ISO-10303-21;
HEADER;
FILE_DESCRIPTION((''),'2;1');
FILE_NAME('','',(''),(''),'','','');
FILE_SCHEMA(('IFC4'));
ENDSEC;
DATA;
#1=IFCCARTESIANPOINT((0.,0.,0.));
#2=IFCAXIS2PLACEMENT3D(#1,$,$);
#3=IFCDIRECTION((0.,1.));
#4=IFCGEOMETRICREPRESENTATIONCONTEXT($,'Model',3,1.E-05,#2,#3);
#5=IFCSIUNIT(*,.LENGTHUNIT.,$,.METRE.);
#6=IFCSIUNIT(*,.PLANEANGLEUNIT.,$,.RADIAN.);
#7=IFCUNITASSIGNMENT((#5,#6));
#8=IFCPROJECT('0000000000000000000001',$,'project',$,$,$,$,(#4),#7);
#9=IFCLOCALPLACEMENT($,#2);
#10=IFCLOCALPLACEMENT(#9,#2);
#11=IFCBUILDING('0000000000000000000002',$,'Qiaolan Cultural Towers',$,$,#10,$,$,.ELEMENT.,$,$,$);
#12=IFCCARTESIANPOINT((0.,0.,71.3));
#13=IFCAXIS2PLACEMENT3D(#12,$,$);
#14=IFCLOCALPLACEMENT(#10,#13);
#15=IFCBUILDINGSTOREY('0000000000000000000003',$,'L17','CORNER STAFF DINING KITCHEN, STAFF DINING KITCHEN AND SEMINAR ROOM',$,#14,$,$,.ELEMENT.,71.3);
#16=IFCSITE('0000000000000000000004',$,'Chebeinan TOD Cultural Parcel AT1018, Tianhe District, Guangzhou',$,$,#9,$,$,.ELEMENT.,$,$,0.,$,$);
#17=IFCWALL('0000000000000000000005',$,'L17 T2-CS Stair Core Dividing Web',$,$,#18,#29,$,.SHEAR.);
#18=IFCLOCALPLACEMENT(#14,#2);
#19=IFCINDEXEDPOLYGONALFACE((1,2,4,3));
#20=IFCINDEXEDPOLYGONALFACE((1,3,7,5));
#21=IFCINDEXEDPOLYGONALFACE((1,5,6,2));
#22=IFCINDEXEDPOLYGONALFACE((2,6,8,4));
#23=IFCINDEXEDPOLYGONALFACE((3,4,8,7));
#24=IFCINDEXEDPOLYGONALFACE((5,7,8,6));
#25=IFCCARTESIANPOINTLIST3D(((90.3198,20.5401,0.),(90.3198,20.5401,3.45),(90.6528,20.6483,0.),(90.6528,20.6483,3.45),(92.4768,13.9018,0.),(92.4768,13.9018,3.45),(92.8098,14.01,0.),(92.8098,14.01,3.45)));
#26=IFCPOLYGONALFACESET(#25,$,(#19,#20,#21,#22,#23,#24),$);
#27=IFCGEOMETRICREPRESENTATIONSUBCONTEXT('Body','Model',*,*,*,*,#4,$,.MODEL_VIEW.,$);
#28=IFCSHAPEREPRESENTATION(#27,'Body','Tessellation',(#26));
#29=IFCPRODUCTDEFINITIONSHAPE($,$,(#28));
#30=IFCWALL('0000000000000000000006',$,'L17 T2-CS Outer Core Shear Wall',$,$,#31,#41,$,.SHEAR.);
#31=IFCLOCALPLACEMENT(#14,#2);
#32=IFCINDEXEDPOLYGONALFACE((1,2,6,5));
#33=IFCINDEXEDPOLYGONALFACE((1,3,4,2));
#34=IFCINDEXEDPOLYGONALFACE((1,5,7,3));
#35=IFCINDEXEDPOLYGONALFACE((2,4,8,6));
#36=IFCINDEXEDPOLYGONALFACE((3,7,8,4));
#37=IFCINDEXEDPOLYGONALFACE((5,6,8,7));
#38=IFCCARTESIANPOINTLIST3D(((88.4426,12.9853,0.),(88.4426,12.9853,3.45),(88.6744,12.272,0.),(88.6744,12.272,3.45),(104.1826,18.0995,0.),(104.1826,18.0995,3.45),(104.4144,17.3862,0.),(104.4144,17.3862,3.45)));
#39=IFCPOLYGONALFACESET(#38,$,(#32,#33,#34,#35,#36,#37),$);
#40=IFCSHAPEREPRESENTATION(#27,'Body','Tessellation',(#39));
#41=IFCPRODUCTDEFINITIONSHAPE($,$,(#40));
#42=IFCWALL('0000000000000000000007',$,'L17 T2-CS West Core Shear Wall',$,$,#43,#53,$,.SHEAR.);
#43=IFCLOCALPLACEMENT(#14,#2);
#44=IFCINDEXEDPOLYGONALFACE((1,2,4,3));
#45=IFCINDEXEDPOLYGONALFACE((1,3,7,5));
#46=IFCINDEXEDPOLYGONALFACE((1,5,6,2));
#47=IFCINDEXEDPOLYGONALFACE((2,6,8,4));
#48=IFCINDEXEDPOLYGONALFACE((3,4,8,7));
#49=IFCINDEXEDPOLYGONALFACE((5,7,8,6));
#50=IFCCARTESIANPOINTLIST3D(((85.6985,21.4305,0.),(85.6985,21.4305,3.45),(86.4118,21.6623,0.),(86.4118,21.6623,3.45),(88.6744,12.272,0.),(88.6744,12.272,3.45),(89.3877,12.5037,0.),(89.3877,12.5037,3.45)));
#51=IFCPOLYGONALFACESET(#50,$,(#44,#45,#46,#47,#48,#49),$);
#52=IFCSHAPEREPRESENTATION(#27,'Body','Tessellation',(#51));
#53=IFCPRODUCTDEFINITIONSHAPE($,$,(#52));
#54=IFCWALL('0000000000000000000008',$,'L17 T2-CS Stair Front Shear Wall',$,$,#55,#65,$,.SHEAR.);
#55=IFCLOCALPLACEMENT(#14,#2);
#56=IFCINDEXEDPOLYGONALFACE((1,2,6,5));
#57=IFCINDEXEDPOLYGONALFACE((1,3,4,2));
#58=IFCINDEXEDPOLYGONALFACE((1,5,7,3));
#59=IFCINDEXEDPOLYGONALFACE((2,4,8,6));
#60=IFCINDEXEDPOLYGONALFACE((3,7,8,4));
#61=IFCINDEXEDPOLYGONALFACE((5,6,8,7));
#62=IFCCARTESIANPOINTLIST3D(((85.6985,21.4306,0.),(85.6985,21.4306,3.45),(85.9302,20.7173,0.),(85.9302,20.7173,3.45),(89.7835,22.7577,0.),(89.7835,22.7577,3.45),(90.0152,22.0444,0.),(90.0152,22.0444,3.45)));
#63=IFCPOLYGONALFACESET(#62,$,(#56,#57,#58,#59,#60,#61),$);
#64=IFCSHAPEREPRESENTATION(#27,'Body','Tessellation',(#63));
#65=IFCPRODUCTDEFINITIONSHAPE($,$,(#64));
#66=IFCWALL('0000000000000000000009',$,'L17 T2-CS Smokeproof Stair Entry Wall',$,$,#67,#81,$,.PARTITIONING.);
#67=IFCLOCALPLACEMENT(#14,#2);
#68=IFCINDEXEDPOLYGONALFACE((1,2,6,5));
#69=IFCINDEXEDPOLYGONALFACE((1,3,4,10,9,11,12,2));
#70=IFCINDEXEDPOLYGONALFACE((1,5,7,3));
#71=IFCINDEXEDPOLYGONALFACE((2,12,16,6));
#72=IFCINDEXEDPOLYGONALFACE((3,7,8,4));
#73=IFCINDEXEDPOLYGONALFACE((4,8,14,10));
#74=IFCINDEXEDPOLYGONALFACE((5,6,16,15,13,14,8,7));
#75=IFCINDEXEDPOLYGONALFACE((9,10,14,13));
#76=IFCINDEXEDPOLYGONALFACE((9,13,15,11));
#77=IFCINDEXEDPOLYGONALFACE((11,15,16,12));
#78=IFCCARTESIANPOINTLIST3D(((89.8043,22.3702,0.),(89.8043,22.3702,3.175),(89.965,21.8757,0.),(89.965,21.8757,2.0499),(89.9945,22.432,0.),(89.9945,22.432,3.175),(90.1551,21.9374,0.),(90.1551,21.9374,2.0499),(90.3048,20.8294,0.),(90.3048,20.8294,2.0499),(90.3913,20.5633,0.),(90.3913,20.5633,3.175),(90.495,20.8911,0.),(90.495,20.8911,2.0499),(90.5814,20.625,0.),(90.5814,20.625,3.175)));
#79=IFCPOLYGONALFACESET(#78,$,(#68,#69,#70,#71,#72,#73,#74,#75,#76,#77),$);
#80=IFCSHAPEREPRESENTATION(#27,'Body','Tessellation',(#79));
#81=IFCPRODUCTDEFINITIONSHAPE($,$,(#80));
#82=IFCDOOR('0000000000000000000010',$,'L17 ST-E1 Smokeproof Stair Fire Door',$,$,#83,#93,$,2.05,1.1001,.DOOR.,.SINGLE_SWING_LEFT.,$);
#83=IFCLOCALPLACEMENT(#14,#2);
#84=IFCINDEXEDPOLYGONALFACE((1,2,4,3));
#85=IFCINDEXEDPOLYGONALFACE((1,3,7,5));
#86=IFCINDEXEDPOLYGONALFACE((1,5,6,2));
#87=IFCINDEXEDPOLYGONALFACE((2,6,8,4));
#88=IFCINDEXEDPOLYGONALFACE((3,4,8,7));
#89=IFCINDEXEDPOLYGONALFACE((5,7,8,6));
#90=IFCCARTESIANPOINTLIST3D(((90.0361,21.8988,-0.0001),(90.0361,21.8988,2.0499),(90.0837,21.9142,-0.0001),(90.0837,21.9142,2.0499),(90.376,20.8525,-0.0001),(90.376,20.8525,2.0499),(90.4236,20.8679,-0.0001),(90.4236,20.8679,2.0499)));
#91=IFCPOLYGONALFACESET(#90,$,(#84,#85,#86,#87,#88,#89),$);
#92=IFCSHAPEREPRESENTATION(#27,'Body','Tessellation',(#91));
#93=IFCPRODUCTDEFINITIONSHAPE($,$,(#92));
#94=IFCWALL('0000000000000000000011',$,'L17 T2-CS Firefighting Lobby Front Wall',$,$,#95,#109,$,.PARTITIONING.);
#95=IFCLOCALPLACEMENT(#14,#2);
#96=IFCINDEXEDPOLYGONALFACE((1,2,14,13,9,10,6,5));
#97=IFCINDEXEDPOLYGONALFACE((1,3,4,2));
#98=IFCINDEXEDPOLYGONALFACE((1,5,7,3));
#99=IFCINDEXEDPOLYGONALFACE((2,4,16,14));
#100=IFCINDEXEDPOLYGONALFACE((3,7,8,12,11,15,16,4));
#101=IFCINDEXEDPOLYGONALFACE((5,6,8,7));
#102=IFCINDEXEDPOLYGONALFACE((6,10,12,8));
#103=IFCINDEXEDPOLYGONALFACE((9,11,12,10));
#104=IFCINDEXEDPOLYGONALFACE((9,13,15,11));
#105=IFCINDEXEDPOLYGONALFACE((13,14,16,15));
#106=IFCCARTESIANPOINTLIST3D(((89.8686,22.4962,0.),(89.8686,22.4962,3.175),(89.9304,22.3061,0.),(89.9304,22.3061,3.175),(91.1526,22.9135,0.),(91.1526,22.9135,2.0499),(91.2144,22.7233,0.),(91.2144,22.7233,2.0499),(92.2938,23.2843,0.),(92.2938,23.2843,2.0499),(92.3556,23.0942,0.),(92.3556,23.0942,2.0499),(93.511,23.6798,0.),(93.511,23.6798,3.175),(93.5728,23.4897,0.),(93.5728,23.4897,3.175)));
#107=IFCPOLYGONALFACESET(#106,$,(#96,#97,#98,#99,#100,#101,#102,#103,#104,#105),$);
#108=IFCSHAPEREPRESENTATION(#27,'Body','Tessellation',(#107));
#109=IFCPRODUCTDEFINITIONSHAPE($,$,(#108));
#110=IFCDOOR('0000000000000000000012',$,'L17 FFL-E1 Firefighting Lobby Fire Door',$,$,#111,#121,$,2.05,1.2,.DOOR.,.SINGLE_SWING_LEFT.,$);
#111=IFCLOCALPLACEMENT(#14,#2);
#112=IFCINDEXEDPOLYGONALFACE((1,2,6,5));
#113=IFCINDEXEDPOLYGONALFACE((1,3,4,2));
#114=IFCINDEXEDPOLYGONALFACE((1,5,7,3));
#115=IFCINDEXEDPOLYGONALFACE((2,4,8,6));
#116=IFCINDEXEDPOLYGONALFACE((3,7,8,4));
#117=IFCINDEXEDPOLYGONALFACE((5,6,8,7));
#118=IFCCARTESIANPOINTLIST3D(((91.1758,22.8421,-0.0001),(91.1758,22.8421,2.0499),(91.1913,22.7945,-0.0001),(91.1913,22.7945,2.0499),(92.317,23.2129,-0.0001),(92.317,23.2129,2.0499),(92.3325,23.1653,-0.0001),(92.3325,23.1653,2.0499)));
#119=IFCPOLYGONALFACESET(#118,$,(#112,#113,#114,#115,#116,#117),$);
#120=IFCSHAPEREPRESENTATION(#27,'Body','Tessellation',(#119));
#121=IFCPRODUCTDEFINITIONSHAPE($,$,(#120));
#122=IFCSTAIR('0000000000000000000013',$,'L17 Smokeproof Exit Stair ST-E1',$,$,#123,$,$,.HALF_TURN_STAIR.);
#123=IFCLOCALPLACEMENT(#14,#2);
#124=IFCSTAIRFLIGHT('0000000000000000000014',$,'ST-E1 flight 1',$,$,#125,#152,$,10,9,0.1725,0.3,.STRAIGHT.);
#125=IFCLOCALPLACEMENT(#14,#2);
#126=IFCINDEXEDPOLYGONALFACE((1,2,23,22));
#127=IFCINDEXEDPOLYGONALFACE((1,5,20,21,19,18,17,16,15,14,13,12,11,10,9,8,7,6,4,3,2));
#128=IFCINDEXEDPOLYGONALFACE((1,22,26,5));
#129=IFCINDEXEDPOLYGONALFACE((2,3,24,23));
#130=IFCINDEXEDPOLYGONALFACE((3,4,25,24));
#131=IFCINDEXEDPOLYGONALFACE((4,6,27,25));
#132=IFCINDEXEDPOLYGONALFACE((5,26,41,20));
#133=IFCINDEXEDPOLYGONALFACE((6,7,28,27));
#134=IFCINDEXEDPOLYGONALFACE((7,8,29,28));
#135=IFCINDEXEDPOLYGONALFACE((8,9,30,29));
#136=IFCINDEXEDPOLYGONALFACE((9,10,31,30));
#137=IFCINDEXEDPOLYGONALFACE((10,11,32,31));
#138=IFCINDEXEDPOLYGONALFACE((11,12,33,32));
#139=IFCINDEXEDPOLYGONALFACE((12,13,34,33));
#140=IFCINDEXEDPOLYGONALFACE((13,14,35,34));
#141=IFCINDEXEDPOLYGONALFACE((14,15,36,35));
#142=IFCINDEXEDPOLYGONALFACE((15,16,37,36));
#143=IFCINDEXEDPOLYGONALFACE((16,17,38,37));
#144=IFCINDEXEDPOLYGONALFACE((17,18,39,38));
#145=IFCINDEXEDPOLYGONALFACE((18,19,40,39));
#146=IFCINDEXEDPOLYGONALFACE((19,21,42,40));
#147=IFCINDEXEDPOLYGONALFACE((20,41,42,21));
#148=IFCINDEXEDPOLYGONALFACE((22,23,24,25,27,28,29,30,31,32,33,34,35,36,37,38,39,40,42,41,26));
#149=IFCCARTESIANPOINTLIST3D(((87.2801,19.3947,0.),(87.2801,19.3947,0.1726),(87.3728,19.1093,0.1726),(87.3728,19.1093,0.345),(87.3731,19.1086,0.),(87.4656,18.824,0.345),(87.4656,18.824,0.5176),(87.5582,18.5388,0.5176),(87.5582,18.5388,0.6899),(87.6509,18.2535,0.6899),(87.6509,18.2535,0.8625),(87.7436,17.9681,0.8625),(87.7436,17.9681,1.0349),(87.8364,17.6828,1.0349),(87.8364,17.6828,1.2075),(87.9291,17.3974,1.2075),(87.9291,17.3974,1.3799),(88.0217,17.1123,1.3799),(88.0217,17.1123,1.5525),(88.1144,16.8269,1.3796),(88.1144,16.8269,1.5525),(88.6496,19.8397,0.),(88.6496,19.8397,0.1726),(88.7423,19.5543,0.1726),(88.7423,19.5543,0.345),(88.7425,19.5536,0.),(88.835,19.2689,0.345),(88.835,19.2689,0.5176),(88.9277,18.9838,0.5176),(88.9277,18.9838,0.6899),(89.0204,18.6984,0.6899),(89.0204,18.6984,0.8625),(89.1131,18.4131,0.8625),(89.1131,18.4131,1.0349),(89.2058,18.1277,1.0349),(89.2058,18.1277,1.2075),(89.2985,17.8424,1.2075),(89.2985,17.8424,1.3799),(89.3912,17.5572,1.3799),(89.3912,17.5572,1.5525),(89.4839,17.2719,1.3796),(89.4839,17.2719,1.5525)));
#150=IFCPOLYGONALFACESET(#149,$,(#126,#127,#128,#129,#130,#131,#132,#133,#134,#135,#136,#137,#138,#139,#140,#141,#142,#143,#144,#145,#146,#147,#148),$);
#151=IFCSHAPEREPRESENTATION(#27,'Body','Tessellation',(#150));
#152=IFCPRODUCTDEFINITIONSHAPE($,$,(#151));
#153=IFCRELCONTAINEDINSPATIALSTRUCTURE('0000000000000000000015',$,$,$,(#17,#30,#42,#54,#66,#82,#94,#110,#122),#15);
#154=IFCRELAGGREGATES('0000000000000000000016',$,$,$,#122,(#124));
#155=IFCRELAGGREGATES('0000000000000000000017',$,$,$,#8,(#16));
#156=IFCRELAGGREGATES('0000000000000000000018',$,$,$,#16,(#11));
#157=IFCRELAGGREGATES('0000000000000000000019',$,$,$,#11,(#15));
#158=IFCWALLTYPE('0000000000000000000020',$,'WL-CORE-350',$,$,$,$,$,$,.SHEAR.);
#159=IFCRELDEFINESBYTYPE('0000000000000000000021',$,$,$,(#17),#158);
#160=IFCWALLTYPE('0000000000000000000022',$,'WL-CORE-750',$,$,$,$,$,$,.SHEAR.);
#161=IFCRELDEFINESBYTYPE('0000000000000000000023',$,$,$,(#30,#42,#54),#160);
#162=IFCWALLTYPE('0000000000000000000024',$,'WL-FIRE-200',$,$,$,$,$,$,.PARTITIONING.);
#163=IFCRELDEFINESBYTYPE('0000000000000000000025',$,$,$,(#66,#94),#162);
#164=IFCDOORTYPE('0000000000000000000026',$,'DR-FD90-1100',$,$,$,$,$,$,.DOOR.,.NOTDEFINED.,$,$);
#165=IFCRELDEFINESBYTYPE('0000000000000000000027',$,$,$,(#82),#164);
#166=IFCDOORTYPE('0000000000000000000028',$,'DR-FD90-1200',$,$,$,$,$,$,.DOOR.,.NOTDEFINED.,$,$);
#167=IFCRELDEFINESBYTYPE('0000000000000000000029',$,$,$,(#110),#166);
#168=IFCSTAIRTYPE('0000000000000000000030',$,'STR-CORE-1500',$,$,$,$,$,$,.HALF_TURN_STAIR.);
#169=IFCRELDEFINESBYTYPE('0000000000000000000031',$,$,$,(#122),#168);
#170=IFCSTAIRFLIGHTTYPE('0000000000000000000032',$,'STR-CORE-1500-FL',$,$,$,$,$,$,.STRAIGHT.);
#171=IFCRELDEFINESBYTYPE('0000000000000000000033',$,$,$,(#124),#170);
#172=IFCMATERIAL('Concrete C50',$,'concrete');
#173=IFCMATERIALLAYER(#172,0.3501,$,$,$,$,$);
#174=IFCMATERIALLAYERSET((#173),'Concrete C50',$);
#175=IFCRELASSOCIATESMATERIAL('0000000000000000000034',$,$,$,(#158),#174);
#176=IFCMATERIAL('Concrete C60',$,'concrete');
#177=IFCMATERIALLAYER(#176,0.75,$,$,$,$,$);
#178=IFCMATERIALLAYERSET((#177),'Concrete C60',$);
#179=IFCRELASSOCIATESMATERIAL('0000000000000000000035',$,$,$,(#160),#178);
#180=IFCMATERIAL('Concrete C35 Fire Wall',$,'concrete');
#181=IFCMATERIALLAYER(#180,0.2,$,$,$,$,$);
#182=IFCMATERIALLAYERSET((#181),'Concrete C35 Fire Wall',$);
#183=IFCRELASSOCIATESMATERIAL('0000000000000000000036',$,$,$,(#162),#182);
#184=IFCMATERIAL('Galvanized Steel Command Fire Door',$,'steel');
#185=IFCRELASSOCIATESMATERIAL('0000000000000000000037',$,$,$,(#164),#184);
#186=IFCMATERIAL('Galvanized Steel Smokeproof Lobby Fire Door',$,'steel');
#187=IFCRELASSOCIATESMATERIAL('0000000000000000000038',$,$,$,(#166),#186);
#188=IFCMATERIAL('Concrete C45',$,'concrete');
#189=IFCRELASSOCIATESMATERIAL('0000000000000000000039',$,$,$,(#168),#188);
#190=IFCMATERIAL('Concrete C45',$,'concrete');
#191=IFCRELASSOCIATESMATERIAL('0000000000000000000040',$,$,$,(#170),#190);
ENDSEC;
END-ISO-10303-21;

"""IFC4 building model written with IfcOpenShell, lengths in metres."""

from ifc_helpers import new_model, si_unit, direction, frame, frame_2d, origin, place, context, subcontext, project, spatial, polyline, rectangle, outline, extrude, material, layer, layer_set, type_object, element, fill, aggregate, save


model = new_model("IFC4")

# Units and contexts
model_context = context("Model", 3, precision=1e-05, world=origin(), true_north=direction((0.0, 1.0)))
body_context = subcontext(model_context, "Body", "Model", "MODEL_VIEW")
ifc_project = project(units=[si_unit("LENGTHUNIT", "METRE"), si_unit("PLANEANGLEUNIT", "RADIAN")], contexts=[model_context])

# Site, building, storey
site_placement = place(None, origin())
site = spatial("IfcSite", under=ifc_project, at=site_placement, Name="Chebeinan TOD Cultural Parcel AT1018, Tianhe District, Guangzhou", CompositionType="ELEMENT", RefElevation=0.0)
building_placement = place(site_placement, origin())
building = spatial("IfcBuilding", under=site, at=building_placement, Name="Qiaolan Cultural Towers", CompositionType="ELEMENT")
storey_placement = place(building_placement, frame((0.0, 0.0, 71.3)))
storey = spatial("IfcBuildingStorey", under=building, at=storey_placement, Name="L17", Description="CORNER STAFF DINING KITCHEN, STAFF DINING KITCHEN AND SEMINAR ROOM", CompositionType="ELEMENT", Elevation=71.3)

# Walls
ifc_material_1 = material(Name="Concrete C50", Category="concrete")
ifc_layer_1 = layer(ifc_material_1, 0.3501)
ifc_layer_set_1 = layer_set([ifc_layer_1], Name="Concrete C50")
wall_type_1 = type_object("IfcWallType", Name="WL-CORE-350", PredefinedType="SHEAR", material=ifc_layer_set_1)
wall_1_placement = place(storey_placement, frame((90.4863, 20.5942, 0.0), z_axis=(0.0, 0.0, 1.0), x_axis=(0.30902, -0.951055, 0.0)))
element("IfcWall", 1, at=wall_1_placement, inside=storey, type_object=wall_type_1, Name="L17 T2-CS Stair Core Dividing Web", PredefinedType="SHEAR", context=body_context, shape_type="SweptSolid", body=[
    extrude(rectangle(XDim=6.98, YDim=0.3501, at=frame_2d((3.49, 0.0))), origin(), (0.0, 0.0, 1.0), 3.45),
])
ifc_material_2 = material(Name="Concrete C60", Category="concrete")
ifc_layer_2 = layer(ifc_material_2, 0.75)
ifc_layer_set_2 = layer_set([ifc_layer_2], Name="Concrete C60")
wall_type_2 = type_object("IfcWallType", Name="WL-CORE-750", PredefinedType="SHEAR", material=ifc_layer_set_2)
wall_2_placement = place(storey_placement, frame((88.5586, 12.6287, 0.0), z_axis=(0.0, 0.0, 1.0), x_axis=(0.951056, 0.309018, 0.0)))
element("IfcWall", 2, at=wall_2_placement, inside=storey, type_object=wall_type_2, Name="L17 T2-CS Outer Core Shear Wall", PredefinedType="SHEAR", context=body_context, shape_type="SweptSolid", body=[
    extrude(rectangle(XDim=16.55, YDim=0.75, at=frame_2d((8.2749, 0.0))), origin(), (0.0, 0.0, 1.0), 3.45),
])
wall_3_placement = place(storey_placement, frame((86.0552, 21.5464, 0.0), z_axis=(0.0, 0.0, 1.0), x_axis=(0.309024, -0.951054, 0.0)))
element("IfcWall", 3, at=wall_3_placement, inside=storey, type_object=wall_type_2, Name="L17 T2-CS West Core Shear Wall", PredefinedType="SHEAR", context=body_context, shape_type="SweptSolid", body=[
    extrude(rectangle(XDim=9.6299, YDim=0.75, at=frame_2d((4.8149, 0.0))), origin(), (0.0, 0.0, 1.0), 3.45),
])
wall_4_placement = place(storey_placement, frame((85.8145, 21.074, 0.0), z_axis=(0.0, 0.0, 1.0), x_axis=(0.951066, 0.308988, 0.0)))
element("IfcWall", 4, at=wall_4_placement, inside=storey, type_object=wall_type_2, Name="L17 T2-CS Stair Front Shear Wall", PredefinedType="SHEAR", context=body_context, shape_type="SweptSolid", body=[
    extrude(rectangle(XDim=4.2952, YDim=0.75, at=frame_2d((2.1475, 0.0))), origin(), (0.0, 0.0, 1.0), 3.45),
])

# Walls, openings, doors
ifc_material_3 = material(Name="Concrete C35 Fire Wall", Category="concrete")
ifc_layer_3 = layer(ifc_material_3, 0.2)
ifc_layer_set_3 = layer_set([ifc_layer_3], Name="Concrete C35 Fire Wall")
wall_type_3 = type_object("IfcWallType", Name="WL-FIRE-200", PredefinedType="PARTITIONING", material=ifc_layer_set_3)
wall_5_placement = place(storey_placement, frame((89.8994, 22.4011, 0.0), z_axis=(0.0, 0.0, 1.0), x_axis=(0.308932, -0.951084, 0.0)))
wall_5 = element("IfcWall", 5, at=wall_5_placement, inside=storey, type_object=wall_type_3, Name="L17 T2-CS Smokeproof Stair Entry Wall", PredefinedType="PARTITIONING", context=body_context, shape_type="SweptSolid", body=[
    extrude(rectangle(XDim=1.8999, YDim=0.2, at=frame_2d((0.95, 0.0))), origin(), (0.0, 0.0, 1.0), 3.175),
])
opening_1_placement = place(wall_5_placement, frame((0.52, 0.0, 0.0)))
opening_1 = element("IfcOpeningElement", 6, at=opening_1_placement, cuts=wall_5, PredefinedType="OPENING", context=body_context, shape_type="SweptSolid", body=[
    extrude(rectangle(XDim=1.1001, YDim=2.05, at=frame_2d((0.55, 1.0249))), frame((0.0, 0.1099, 0.0), z_axis=(0.0, -1.0, 0.0), x_axis=(1.0, 0.0, 0.0)), (0.0, 0.0, 1.0), 0.22),
])
ifc_material_4 = material(Name="Galvanized Steel Command Fire Door", Category="steel")
door_type_1 = type_object("IfcDoorType", Name="DR-FD90-1100", OperationType="NOTDEFINED", PredefinedType="DOOR", material=ifc_material_4)
door_1_placement = place(opening_1_placement, origin())
door_1 = element("IfcDoor", 7, at=door_1_placement, inside=storey, type_object=door_type_1, Name="L17 ST-E1 Smokeproof Stair Fire Door", OperationType="SINGLE_SWING_LEFT", OverallHeight=2.05, OverallWidth=1.1001, PredefinedType="DOOR", context=body_context, shape_type="SweptSolid", body=[
    extrude(rectangle(XDim=1.1001, YDim=2.05, at=frame_2d((0.55, 1.0249))), frame((0.0, 0.0249, 0.0), z_axis=(0.0, -1.0, 0.0), x_axis=(1.0, 0.0, 0.0)), (0.0, 0.0, 1.0), 0.05),
])
fill(opening_1, door_1)
wall_6_placement = place(storey_placement, frame((89.8994, 22.4011, 0.0), z_axis=(0.0, 0.0, 1.0), x_axis=(0.951047, 0.309047, 0.0)))
wall_6 = element("IfcWall", 8, at=wall_6_placement, inside=storey, type_object=wall_type_3, Name="L17 T2-CS Firefighting Lobby Front Wall", PredefinedType="PARTITIONING", context=body_context, shape_type="SweptSolid", body=[
    extrude(rectangle(XDim=3.8298, YDim=0.2, at=frame_2d((1.915, 0.0))), origin(), (0.0, 0.0, 1.0), 3.175),
])
opening_2_placement = place(wall_6_placement, frame((1.3501, 0.0, 0.0)))
opening_2 = element("IfcOpeningElement", 9, at=opening_2_placement, cuts=wall_6, PredefinedType="OPENING", context=body_context, shape_type="SweptSolid", body=[
    extrude(rectangle(XDim=1.2, YDim=2.05, at=frame_2d((0.6001, 1.0249))), frame((0.0, 0.1099, 0.0), z_axis=(0.0, -1.0, 0.0), x_axis=(1.0, 0.0, 0.0)), (0.0, 0.0, 1.0), 0.22),
])
ifc_material_5 = material(Name="Galvanized Steel Smokeproof Lobby Fire Door", Category="steel")
door_type_2 = type_object("IfcDoorType", Name="DR-FD90-1200", OperationType="NOTDEFINED", PredefinedType="DOOR", material=ifc_material_5)
door_2_placement = place(opening_2_placement, origin())
door_2 = element("IfcDoor", 10, at=door_2_placement, inside=storey, type_object=door_type_2, Name="L17 FFL-E1 Firefighting Lobby Fire Door", OperationType="SINGLE_SWING_LEFT", OverallHeight=2.05, OverallWidth=1.2, PredefinedType="DOOR", context=body_context, shape_type="SweptSolid", body=[
    extrude(rectangle(XDim=1.2, YDim=2.05, at=frame_2d((0.6001, 1.0249))), frame((0.0, 0.0249, 0.0), z_axis=(0.0, -1.0, 0.0), x_axis=(1.0, 0.0, 0.0)), (0.0, 0.0, 1.0), 0.05),
])
fill(opening_2, door_2)

# Stair, stair flight
ifc_material_6 = material(Name="Concrete C45", Category="concrete")
stair_type = type_object("IfcStairType", Name="STR-CORE-1500", PredefinedType="HALF_TURN_STAIR", material=ifc_material_6)
stair_placement = place(storey_placement, origin())
stair = element("IfcStair", 11, at=stair_placement, inside=storey, type_object=stair_type, Name="L17 Smokeproof Exit Stair ST-E1", PredefinedType="HALF_TURN_STAIR")
ifc_material_7 = material(Name="Concrete C45", Category="concrete")
stair_flight_type = type_object("IfcStairFlightType", Name="STR-CORE-1500-FL", PredefinedType="STRAIGHT", material=ifc_material_7)
stair_flight_1_placement = place(storey_placement, frame((87.9648, 19.6172, 0.0), z_axis=(0.0, 0.0, 1.0), x_axis=(0.309017, -0.951057, 0.0)))
stair_flight_1 = element("IfcStairFlight", 12, at=stair_flight_1_placement, type_object=stair_flight_type, Name="ST-E1 flight 1", NumberOfRisers=10, NumberOfTreads=9, PredefinedType="STRAIGHT", RiserHeight=0.1725, TreadLength=0.3, context=body_context, shape_type="SweptSolid", body=[
    extrude(outline(polyline([(0.0, 0.0), (0.0, 0.1726), (0.3, 0.1726), (0.3, 0.345), (0.6001, 0.345), (0.6001, 0.5176), (0.8999, 0.5176), (0.8999, 0.6899), (1.2, 0.6899), (1.2, 0.8625), (1.5, 0.8625), (1.5, 1.0349), (1.8, 1.0349), (1.8, 1.2075), (2.1001, 1.2075), (2.1001, 1.3799), (2.3999, 1.3799), (2.3999, 1.5525), (2.7, 1.5525), (2.7, 1.7251), (2.7, 1.3796), (0.3008, 0.0), (0.0, 0.0)])), frame((0.0, 0.72, 0.0), z_axis=(0.0, -1.0, 0.0), x_axis=(1.0, 0.0, 0.0)), (0.0, 0.0, 1.0), 1.4399),
])
aggregate(stair, [stair_flight_1])

save(model, "model.ifc")
